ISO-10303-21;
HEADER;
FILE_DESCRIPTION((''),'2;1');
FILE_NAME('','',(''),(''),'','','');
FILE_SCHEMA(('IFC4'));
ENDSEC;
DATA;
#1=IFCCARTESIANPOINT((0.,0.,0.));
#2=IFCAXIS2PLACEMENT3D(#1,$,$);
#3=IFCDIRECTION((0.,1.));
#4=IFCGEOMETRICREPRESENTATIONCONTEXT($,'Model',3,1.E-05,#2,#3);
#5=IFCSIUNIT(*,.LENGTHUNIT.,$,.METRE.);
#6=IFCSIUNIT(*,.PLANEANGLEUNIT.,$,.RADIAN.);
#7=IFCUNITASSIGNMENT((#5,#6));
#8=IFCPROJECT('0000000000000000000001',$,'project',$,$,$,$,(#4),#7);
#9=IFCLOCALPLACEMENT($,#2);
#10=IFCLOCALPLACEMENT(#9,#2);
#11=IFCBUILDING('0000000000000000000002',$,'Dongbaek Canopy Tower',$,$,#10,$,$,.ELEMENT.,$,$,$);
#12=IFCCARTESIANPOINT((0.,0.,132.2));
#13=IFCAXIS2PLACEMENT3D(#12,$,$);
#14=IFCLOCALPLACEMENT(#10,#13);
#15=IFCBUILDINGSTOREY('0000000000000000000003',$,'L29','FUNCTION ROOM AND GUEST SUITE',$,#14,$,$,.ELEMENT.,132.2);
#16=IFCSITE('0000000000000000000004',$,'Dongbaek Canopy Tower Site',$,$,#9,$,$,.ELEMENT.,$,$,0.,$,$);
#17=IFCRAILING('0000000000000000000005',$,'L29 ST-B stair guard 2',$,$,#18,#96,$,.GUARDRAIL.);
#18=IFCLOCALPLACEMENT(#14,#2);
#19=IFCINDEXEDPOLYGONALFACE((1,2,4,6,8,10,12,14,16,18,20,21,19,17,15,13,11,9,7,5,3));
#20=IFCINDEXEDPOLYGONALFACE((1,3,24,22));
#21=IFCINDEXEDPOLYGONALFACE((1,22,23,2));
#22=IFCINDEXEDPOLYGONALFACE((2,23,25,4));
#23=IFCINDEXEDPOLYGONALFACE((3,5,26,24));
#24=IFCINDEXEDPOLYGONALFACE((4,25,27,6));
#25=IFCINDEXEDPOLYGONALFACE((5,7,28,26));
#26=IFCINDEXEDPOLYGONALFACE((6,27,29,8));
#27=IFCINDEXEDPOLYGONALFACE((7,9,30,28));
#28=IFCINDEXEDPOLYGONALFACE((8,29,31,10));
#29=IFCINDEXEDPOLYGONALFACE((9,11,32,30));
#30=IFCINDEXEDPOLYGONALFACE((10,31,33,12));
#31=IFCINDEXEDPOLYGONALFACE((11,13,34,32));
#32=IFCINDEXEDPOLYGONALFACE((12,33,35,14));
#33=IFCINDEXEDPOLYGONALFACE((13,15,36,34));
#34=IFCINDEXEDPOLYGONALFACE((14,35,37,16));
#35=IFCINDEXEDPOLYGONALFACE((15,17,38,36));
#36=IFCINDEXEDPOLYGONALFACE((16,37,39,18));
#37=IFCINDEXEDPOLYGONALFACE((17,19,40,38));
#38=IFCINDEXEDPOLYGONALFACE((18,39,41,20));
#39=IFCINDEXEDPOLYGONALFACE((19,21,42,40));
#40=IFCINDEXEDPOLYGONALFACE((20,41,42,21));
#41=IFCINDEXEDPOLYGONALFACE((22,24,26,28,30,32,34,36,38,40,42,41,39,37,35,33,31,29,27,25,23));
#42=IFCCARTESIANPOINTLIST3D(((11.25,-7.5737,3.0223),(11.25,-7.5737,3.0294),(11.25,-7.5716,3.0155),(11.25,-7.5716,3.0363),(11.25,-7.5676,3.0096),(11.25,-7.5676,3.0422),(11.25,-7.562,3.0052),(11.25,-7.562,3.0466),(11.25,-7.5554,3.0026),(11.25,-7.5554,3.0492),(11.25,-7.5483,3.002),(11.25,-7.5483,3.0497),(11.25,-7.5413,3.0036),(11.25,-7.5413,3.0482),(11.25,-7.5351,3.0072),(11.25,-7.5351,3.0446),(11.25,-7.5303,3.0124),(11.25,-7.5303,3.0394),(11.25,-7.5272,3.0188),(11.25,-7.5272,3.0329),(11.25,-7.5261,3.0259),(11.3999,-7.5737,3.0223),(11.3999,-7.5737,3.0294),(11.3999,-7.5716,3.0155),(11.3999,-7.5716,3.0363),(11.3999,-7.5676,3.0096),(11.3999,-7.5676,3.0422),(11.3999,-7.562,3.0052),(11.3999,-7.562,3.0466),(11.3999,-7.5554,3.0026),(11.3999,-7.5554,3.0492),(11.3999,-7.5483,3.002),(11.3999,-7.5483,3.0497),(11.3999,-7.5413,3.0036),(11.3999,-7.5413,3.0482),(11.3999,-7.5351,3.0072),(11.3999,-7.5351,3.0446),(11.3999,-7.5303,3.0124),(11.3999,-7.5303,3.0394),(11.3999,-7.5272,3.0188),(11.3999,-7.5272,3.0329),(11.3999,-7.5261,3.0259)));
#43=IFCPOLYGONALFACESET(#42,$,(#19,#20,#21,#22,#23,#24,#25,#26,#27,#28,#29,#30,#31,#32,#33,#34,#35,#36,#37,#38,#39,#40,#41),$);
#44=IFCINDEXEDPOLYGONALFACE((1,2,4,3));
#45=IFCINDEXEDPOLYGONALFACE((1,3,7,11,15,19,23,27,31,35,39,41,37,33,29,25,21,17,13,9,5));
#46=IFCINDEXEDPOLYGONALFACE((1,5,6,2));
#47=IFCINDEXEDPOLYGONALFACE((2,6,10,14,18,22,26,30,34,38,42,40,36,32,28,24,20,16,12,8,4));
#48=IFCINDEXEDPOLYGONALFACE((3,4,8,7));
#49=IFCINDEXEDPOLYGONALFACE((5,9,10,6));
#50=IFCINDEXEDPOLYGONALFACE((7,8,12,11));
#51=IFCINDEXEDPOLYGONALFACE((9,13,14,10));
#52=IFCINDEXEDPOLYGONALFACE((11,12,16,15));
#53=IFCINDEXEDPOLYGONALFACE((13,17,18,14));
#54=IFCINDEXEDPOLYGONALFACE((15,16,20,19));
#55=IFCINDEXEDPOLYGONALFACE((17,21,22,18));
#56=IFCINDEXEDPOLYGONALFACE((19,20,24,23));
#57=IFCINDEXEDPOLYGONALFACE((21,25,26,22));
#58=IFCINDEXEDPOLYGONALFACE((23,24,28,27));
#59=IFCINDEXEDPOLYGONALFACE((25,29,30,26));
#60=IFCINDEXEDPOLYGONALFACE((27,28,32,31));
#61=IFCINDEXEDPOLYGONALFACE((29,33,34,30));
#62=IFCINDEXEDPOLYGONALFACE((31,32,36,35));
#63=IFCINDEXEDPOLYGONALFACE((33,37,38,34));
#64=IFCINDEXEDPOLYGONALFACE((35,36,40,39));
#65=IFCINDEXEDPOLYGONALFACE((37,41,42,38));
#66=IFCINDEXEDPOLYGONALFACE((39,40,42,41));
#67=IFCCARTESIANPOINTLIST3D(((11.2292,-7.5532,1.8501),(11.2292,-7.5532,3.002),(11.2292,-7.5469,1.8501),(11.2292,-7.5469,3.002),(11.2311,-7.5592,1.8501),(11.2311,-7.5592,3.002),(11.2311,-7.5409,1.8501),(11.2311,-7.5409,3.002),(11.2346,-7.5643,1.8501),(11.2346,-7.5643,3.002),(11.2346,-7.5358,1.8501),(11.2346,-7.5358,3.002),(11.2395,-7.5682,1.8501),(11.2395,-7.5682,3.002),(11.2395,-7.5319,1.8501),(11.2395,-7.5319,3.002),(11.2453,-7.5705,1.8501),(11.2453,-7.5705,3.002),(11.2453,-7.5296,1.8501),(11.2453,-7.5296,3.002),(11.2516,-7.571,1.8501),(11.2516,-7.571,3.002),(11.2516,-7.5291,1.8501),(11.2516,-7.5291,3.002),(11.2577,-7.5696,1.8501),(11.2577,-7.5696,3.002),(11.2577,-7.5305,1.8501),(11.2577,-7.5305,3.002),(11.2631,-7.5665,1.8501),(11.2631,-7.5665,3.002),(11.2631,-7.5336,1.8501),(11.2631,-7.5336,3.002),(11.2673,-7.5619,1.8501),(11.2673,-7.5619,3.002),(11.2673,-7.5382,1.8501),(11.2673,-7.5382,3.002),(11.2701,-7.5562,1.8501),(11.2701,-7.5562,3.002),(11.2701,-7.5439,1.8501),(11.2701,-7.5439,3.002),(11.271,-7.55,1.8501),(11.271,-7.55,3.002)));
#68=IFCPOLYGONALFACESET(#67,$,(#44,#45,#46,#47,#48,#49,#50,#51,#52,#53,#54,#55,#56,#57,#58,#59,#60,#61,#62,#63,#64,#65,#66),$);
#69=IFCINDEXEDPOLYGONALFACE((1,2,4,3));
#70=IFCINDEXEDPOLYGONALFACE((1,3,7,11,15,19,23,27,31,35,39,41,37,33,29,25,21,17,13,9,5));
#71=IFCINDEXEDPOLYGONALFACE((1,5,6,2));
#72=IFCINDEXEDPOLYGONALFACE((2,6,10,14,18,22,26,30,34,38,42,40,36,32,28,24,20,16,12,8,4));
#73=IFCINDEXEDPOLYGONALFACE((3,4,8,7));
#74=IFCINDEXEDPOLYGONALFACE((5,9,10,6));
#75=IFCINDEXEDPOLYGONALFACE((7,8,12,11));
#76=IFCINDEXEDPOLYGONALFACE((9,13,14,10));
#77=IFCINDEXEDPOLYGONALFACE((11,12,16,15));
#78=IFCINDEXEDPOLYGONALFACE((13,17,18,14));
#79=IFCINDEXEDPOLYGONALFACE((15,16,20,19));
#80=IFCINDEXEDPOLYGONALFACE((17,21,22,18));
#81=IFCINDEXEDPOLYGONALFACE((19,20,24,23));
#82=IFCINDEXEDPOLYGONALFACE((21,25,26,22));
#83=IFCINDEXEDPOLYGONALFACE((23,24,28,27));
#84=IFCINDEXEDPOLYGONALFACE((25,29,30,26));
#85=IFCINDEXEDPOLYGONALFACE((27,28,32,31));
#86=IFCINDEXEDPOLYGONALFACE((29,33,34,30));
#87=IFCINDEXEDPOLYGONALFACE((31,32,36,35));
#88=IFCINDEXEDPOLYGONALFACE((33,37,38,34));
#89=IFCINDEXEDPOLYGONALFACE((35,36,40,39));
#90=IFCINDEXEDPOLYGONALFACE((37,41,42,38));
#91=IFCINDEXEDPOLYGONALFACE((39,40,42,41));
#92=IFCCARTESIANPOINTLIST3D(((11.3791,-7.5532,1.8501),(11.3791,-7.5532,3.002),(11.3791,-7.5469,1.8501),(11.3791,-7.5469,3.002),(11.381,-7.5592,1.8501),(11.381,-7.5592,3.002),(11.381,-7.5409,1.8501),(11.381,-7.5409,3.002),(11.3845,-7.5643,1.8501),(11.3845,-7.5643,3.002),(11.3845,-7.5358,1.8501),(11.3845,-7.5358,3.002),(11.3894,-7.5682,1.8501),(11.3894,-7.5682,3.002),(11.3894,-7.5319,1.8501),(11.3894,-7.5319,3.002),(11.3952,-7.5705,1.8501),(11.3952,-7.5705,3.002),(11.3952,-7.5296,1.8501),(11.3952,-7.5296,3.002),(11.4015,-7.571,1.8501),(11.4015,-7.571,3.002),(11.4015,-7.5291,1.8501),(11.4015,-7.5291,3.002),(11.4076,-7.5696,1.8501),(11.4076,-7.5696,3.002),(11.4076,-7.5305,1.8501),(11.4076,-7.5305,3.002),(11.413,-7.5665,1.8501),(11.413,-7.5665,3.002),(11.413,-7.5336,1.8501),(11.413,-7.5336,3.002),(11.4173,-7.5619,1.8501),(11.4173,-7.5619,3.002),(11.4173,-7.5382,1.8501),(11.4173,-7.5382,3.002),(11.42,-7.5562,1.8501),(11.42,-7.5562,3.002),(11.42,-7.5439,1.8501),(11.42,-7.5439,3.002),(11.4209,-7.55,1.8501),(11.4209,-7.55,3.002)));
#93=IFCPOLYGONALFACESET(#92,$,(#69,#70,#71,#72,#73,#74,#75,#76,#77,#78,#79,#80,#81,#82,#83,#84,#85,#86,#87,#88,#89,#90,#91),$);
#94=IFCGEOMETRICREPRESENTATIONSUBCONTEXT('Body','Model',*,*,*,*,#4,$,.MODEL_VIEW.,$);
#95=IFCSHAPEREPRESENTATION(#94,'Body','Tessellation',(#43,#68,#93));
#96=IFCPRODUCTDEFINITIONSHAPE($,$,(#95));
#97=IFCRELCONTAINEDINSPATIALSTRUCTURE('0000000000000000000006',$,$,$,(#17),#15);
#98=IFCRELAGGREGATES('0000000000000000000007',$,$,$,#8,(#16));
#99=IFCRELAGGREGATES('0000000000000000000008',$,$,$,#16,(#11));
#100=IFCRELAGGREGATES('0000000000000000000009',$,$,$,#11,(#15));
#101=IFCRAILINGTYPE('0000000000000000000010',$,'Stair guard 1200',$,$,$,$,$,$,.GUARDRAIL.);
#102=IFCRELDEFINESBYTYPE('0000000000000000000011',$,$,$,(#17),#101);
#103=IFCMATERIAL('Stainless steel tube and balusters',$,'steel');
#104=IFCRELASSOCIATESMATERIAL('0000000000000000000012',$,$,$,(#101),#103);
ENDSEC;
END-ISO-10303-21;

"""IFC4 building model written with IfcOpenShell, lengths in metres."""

from ifc_helpers import new_model, si_unit, direction, frame, origin, origin_2d, place, context, subcontext, project, spatial, circle, extrude, material, type_object, element, save


model = new_model("IFC4")

# Units and contexts
model_context = context("Model", 3, precision=1e-05, world=origin(), true_north=direction((0.0, 1.0)))
body_context = subcontext(model_context, "Body", "Model", "MODEL_VIEW")
ifc_project = project(units=[si_unit("LENGTHUNIT", "METRE"), si_unit("PLANEANGLEUNIT", "RADIAN")], contexts=[model_context])

# Site, building, storey
site_placement = place(None, origin())
site = spatial("IfcSite", under=ifc_project, at=site_placement, Name="Dongbaek Canopy Tower Site", CompositionType="ELEMENT", RefElevation=0.0)
building_placement = place(site_placement, origin())
building = spatial("IfcBuilding", under=site, at=building_placement, Name="Dongbaek Canopy Tower", CompositionType="ELEMENT")
storey_placement = place(building_placement, frame((0.0, 0.0, 132.2)))
storey = spatial("IfcBuildingStorey", under=building, at=storey_placement, Name="L29", Description="FUNCTION ROOM AND GUEST SUITE", CompositionType="ELEMENT", Elevation=132.2)

# Railing
ifc_material_1 = material(Name="Stainless steel tube and balusters", Category="steel")
railing_type_1 = type_object("IfcRailingType", Name="Stair guard 1200", PredefinedType="GUARDRAIL", material=ifc_material_1)
railing_1_placement = place(storey_placement, frame((11.25, -7.55, 1.8501)))
element("IfcRailing", 1, at=railing_1_placement, inside=storey, type_object=railing_type_1, Name="L29 ST-B stair guard 2", PredefinedType="GUARDRAIL", context=body_context, shape_type="SweptSolid", body=[
    extrude(circle(Radius=0.0239, at=origin_2d()), frame((0.0, 0.0, 1.1758), z_axis=(1.0, 0.0, 0.0), x_axis=(0.0, 1.0, 0.0)), (0.0, 0.0, 1.0), 0.1499),
    extrude(circle(Radius=0.021, at=origin_2d()), origin(), (0.0, 0.0, 1.0), 1.1519),
    extrude(circle(Radius=0.021, at=origin_2d()), frame((0.1499, 0.0, 0.0)), (0.0, 0.0, 1.0), 1.1519),
])

save(model, "model.ifc")
